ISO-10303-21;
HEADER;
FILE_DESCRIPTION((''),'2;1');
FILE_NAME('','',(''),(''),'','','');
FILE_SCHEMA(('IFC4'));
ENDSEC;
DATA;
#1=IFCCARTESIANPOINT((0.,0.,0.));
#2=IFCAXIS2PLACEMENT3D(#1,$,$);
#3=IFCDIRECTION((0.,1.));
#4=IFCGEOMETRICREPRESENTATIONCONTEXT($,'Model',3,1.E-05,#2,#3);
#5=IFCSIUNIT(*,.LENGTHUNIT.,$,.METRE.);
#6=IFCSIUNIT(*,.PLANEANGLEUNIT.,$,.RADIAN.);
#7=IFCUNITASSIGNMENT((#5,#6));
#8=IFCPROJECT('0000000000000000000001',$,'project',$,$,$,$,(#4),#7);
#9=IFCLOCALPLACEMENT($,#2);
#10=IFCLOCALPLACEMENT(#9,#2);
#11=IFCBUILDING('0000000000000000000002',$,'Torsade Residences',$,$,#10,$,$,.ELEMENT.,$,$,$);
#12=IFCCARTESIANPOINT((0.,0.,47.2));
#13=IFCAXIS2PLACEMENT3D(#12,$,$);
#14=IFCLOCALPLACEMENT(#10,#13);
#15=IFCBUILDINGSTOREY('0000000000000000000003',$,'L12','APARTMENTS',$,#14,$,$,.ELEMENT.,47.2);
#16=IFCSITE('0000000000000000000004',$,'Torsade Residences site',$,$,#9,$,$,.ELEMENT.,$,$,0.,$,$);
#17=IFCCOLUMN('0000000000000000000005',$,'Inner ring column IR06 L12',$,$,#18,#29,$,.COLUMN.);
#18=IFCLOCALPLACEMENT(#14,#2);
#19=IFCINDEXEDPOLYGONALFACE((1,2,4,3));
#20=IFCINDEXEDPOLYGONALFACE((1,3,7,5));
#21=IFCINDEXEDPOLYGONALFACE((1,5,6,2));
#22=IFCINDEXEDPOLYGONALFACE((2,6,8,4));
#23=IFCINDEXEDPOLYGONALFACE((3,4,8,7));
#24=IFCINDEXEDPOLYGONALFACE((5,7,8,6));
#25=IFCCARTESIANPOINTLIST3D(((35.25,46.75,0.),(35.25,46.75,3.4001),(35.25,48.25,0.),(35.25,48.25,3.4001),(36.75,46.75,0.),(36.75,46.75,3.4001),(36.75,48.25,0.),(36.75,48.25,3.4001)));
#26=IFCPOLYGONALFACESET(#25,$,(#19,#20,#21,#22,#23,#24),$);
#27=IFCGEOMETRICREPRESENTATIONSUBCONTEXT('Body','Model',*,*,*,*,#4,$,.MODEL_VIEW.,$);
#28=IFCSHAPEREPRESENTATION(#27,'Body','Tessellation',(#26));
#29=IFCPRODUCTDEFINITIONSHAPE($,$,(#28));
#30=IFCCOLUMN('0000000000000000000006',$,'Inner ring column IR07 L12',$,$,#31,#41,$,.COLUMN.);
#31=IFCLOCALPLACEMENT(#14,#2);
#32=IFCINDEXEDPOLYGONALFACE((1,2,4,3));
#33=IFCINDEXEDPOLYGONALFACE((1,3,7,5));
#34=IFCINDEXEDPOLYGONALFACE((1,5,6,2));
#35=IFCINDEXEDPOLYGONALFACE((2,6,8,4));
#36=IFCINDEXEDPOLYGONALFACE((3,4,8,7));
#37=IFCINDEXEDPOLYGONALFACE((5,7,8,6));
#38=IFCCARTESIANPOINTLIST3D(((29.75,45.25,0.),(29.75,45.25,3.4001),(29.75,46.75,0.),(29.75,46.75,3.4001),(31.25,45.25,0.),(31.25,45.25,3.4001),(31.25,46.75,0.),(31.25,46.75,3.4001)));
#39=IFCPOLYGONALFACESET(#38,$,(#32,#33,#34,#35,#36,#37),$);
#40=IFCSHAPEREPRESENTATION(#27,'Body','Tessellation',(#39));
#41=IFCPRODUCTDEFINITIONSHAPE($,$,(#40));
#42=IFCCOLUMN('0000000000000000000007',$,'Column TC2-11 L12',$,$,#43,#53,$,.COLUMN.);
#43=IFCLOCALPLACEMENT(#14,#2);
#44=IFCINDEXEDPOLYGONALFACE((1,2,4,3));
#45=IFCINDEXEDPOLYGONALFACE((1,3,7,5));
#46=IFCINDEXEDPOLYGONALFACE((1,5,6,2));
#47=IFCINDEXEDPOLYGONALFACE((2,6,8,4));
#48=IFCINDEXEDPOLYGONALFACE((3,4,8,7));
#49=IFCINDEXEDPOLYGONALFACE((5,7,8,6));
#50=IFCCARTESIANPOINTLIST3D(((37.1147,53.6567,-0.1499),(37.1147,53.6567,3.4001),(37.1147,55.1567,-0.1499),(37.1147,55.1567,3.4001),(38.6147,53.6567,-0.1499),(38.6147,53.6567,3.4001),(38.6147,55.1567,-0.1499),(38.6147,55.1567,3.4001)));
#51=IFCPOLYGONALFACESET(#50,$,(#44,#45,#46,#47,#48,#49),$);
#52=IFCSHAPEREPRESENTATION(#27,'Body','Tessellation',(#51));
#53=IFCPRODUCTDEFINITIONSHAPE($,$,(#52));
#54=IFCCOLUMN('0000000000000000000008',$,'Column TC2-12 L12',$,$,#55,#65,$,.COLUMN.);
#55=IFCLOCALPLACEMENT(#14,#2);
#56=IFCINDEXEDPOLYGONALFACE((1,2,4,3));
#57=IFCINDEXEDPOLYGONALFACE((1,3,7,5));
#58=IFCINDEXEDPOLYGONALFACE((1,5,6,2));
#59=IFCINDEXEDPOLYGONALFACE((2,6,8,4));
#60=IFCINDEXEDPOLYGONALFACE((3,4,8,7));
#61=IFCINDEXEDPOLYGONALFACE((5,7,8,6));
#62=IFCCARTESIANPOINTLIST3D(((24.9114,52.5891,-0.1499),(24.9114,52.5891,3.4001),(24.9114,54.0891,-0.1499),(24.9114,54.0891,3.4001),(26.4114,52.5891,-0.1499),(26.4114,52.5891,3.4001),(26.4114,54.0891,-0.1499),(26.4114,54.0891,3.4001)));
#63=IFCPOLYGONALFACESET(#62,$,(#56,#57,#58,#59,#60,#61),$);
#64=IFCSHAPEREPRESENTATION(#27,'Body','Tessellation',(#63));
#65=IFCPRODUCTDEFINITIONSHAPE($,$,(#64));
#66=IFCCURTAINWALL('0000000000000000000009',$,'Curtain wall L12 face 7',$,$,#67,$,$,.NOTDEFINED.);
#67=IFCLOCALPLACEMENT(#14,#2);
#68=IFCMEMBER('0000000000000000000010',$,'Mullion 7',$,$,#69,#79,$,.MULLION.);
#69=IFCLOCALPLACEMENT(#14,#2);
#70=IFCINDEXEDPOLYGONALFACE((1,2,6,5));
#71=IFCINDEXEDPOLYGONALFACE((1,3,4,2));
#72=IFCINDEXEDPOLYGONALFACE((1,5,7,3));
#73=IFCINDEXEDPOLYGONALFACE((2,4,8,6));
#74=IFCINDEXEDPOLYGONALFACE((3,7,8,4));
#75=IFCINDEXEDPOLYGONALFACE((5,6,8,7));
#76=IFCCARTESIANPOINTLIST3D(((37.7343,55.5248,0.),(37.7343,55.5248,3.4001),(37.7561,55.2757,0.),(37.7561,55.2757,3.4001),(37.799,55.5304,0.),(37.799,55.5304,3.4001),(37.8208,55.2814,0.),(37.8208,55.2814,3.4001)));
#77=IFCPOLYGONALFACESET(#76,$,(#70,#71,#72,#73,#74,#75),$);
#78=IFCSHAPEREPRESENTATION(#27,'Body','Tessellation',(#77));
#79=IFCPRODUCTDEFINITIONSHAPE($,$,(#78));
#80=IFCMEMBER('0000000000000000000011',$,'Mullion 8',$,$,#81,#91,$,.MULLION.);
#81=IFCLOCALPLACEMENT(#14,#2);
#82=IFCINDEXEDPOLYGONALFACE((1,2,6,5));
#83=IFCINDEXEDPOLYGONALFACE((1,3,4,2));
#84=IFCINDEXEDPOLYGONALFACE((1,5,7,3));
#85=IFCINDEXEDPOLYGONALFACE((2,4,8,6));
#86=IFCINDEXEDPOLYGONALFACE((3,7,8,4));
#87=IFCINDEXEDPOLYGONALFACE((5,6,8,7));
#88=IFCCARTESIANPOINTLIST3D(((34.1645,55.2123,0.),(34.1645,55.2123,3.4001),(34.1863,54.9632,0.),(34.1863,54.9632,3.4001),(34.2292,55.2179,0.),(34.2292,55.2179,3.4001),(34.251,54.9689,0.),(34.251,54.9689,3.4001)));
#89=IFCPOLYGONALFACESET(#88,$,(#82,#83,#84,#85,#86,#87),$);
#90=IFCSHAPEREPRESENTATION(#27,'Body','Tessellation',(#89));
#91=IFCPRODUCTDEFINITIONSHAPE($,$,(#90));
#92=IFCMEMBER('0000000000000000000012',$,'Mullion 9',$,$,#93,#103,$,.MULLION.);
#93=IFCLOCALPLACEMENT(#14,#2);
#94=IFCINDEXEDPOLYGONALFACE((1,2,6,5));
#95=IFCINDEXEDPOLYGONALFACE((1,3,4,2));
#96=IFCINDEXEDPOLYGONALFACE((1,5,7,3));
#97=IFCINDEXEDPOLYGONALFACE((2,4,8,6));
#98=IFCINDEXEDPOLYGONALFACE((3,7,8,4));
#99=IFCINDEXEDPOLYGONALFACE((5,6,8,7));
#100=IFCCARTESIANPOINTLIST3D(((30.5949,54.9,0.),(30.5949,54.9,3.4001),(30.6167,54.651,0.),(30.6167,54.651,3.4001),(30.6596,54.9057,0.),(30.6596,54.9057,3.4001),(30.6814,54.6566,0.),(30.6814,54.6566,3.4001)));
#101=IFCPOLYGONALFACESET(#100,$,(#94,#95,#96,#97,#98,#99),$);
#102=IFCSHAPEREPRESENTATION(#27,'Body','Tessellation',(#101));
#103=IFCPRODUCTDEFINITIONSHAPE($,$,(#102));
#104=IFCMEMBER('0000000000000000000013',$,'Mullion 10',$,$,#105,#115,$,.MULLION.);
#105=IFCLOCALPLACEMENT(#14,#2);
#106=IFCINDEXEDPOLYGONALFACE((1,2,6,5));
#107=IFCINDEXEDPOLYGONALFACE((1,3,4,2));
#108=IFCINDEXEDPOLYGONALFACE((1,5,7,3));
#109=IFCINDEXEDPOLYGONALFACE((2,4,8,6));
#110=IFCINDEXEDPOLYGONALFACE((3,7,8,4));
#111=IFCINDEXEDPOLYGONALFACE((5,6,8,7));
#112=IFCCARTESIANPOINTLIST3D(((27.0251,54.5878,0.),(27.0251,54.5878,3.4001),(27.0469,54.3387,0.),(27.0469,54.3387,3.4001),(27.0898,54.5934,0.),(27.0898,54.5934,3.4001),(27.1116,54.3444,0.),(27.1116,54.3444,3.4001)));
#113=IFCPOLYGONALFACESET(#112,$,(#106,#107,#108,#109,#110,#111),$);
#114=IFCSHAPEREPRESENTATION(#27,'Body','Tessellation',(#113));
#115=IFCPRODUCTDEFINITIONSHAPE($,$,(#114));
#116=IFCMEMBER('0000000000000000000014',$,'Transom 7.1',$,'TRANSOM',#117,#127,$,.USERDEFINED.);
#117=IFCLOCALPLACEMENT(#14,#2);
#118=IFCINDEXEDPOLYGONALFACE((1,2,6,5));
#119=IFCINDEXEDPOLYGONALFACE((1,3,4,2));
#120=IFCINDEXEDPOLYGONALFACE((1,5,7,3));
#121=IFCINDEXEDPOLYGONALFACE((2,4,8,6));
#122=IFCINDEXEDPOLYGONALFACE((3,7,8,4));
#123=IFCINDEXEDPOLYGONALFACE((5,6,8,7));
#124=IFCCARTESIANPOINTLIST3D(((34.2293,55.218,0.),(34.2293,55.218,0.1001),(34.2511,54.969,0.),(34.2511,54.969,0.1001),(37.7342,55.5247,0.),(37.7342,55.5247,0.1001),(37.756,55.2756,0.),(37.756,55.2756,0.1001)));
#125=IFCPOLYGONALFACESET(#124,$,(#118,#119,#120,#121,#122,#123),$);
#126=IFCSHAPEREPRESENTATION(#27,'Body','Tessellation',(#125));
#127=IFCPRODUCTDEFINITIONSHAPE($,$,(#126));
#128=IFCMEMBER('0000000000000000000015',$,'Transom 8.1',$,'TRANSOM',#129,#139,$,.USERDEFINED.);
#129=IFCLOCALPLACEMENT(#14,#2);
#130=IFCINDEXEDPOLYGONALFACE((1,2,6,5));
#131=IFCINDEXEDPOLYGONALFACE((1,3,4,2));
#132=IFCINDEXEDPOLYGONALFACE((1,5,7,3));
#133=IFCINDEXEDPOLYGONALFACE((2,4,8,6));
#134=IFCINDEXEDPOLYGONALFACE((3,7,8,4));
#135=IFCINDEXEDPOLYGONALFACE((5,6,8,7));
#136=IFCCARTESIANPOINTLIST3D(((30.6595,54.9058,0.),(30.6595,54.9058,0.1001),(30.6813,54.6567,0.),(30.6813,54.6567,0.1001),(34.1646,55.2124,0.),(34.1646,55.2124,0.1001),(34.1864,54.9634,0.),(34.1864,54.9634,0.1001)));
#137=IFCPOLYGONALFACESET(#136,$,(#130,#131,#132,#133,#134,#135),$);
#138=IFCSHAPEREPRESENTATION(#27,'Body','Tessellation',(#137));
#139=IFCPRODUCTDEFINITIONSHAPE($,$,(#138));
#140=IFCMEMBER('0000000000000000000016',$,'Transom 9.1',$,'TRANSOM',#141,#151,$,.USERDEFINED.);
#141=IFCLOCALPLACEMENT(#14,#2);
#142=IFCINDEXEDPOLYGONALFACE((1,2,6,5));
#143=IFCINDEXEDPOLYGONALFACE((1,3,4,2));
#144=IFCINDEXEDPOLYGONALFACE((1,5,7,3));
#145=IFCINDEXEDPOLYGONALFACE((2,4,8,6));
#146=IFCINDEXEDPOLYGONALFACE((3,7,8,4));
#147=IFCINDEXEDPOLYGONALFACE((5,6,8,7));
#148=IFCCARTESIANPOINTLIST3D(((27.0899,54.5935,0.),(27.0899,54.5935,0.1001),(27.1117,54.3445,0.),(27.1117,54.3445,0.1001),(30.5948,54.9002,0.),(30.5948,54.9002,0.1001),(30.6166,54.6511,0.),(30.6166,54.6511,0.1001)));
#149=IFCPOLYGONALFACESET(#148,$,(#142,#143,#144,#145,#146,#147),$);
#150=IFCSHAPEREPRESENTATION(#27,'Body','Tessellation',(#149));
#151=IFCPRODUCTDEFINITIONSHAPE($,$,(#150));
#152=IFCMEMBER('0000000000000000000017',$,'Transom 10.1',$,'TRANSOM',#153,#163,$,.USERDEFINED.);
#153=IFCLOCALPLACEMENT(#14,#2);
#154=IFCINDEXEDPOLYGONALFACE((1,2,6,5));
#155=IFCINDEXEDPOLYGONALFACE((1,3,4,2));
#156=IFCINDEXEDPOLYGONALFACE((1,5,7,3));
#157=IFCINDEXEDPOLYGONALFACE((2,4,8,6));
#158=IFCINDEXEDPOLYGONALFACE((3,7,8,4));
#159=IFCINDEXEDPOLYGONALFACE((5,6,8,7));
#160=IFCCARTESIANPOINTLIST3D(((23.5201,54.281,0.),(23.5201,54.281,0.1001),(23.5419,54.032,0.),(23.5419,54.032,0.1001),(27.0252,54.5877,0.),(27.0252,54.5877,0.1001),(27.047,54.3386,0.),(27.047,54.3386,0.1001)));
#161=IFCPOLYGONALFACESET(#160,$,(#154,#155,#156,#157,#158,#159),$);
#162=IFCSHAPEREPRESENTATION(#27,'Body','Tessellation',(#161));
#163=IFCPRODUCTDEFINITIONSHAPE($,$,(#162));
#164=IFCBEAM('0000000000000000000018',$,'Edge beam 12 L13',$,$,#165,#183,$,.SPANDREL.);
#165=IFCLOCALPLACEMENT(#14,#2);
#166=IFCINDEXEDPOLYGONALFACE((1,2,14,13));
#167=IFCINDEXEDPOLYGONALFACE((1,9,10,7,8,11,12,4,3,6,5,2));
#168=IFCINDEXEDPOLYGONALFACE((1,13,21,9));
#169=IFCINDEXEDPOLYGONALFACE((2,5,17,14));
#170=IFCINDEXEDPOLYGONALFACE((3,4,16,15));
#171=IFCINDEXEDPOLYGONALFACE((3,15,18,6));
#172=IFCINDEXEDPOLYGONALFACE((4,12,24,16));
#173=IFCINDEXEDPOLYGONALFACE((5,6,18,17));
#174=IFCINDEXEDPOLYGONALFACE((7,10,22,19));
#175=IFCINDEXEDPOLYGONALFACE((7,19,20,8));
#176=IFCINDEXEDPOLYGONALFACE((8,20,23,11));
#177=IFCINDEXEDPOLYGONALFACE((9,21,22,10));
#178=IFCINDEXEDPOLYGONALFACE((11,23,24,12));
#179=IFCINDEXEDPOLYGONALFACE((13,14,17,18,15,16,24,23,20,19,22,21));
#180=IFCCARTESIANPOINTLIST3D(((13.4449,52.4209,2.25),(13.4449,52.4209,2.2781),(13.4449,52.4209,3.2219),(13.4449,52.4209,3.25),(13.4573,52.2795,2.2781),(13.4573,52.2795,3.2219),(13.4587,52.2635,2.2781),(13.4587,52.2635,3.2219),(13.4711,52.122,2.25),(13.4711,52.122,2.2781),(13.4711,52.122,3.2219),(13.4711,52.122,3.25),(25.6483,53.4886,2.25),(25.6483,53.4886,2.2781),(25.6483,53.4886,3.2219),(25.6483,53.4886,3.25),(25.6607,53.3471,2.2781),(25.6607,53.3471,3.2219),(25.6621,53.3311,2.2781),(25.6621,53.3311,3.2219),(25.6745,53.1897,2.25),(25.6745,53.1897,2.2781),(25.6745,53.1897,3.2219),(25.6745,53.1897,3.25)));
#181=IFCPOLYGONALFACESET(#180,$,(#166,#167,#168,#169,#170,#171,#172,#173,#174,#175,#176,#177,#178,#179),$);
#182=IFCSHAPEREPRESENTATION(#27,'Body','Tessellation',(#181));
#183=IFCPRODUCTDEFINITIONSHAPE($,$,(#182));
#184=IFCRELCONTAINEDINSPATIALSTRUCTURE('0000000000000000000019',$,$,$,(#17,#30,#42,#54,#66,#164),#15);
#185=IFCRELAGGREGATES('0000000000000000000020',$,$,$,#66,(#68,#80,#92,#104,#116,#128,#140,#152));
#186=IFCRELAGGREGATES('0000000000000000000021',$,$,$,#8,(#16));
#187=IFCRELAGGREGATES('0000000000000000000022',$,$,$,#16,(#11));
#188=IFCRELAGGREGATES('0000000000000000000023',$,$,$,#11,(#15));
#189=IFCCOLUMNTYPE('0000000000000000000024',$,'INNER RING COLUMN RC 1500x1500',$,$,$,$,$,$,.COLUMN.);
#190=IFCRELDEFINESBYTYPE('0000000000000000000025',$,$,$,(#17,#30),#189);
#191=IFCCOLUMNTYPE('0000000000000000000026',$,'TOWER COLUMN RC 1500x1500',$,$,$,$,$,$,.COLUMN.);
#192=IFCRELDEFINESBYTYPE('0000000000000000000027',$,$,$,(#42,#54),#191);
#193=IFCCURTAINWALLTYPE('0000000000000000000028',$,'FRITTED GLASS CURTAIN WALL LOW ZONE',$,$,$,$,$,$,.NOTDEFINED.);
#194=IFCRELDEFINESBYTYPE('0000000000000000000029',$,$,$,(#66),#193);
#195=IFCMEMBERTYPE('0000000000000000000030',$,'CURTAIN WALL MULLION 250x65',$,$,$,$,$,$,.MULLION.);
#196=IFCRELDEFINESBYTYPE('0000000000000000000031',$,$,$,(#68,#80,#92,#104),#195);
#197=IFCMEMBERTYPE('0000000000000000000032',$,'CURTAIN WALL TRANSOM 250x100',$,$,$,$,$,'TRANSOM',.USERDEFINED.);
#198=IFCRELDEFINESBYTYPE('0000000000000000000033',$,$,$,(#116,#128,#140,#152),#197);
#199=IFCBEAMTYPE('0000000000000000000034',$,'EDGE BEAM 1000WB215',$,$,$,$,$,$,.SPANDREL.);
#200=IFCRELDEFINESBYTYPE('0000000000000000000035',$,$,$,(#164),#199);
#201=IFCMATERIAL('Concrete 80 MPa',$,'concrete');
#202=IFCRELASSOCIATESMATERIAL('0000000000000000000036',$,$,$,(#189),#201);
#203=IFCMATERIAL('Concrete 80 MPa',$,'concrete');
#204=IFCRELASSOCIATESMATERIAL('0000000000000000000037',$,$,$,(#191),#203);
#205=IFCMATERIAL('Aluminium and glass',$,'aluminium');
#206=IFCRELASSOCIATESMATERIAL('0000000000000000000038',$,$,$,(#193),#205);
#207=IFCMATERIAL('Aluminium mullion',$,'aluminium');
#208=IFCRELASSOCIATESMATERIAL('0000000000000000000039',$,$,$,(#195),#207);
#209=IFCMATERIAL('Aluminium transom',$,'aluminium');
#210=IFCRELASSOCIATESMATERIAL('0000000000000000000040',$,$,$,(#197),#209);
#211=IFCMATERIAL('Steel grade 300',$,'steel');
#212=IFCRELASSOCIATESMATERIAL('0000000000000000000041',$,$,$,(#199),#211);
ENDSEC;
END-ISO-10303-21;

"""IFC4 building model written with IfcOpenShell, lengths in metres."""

from ifc_helpers import new_model, si_unit, direction, frame, origin, origin_2d, place, context, subcontext, project, spatial, rectangle, i_section, extrude, material, material_profile, profile_set, type_object, element, aggregate, save


model = new_model("IFC4")

# Units and contexts
model_context = context("Model", 3, precision=1e-05, world=origin(), true_north=direction((0.0, 1.0)))
body_context = subcontext(model_context, "Body", "Model", "MODEL_VIEW")
ifc_project = project(units=[si_unit("LENGTHUNIT", "METRE"), si_unit("PLANEANGLEUNIT", "RADIAN")], contexts=[model_context])

# Site, building, storey
site_placement = place(None, origin())
site = spatial("IfcSite", under=ifc_project, at=site_placement, Name="Torsade Residences site", CompositionType="ELEMENT", RefElevation=0.0)
building_placement = place(site_placement, origin())
building = spatial("IfcBuilding", under=site, at=building_placement, Name="Torsade Residences", CompositionType="ELEMENT")
storey_placement = place(building_placement, frame((0.0, 0.0, 47.2)))
storey = spatial("IfcBuildingStorey", under=building, at=storey_placement, Name="L12", Description="APARTMENTS", CompositionType="ELEMENT", Elevation=47.2)

# Columns
ifc_material_1 = material(Name="Concrete 80 MPa", Category="concrete")
ifc_material_profile_1 = material_profile(ifc_material_1, rectangle(XDim=1.5, YDim=1.5, at=origin_2d()), Name="RC 1500x1500")
ifc_profile_set_1 = profile_set([ifc_material_profile_1], Name="Concrete 80 MPa")
column_type_1 = type_object("IfcColumnType", Name="INNER RING COLUMN RC 1500x1500", PredefinedType="COLUMN", material=ifc_profile_set_1)
for number, where, z_axis, x_axis, name in (
    (1, (36.0, 47.5, 0.0), (0.0, 0.0, 1.0), (1.0, 0.0, 0.0), "Inner ring column IR06 L12"),
    (2, (30.5, 46.0, 0.0), (0.0, 0.0, 1.0), (1.0, 0.0, 0.0), "Inner ring column IR07 L12"),
):
    element("IfcColumn", number, at=place(storey_placement, frame(where, z_axis=z_axis, x_axis=x_axis)), inside=storey, type_object=column_type_1, Name=name, PredefinedType="COLUMN", context=body_context, shape_type="SweptSolid", body=[
        extrude(rectangle(XDim=1.5, YDim=1.5, at=origin_2d()), origin(), (0.0, 0.0, 1.0), 3.4001),
    ])
ifc_material_2 = material(Name="Concrete 80 MPa", Category="concrete")
ifc_material_profile_2 = material_profile(ifc_material_2, rectangle(XDim=1.5, YDim=1.5, at=origin_2d()), Name="RC 1500x1500")
ifc_profile_set_2 = profile_set([ifc_material_profile_2], Name="Concrete 80 MPa")
column_type_2 = type_object("IfcColumnType", Name="TOWER COLUMN RC 1500x1500", PredefinedType="COLUMN", material=ifc_profile_set_2)
for number, where, z_axis, x_axis, name in (
    (3, (37.8647, 54.4067, -0.1499), (0.0, 0.0, 1.0), (1.0, 0.0, 0.0), "Column TC2-11 L12"),
    (4, (25.6614, 53.3391, -0.1499), (0.0, 0.0, 1.0), (1.0, 0.0, 0.0), "Column TC2-12 L12"),
):
    element("IfcColumn", number, at=place(storey_placement, frame(where, z_axis=z_axis, x_axis=x_axis)), inside=storey, type_object=column_type_2, Name=name, PredefinedType="COLUMN", context=body_context, shape_type="SweptSolid", body=[
        extrude(rectangle(XDim=1.5, YDim=1.5, at=origin_2d()), origin(), (0.0, 0.0, 1.0), 3.55),
    ])

# Curtain wall, members
ifc_material_3 = material(Name="Aluminium and glass", Category="aluminium")
curtain_wall_type = type_object("IfcCurtainWallType", Name="FRITTED GLASS CURTAIN WALL LOW ZONE", PredefinedType="NOTDEFINED", material=ifc_material_3)
curtain_wall_placement = place(storey_placement, origin())
curtain_wall = element("IfcCurtainWall", 5, at=curtain_wall_placement, inside=storey, type_object=curtain_wall_type, Name="Curtain wall L12 face 7", PredefinedType="NOTDEFINED")
ifc_material_4 = material(Name="Aluminium mullion", Category="aluminium")
ifc_material_profile_3 = material_profile(ifc_material_4, rectangle(XDim=0.25, YDim=0.0649, at=origin_2d()), Name="CURTAIN WALL MULLION 250x65")
ifc_profile_set_3 = profile_set([ifc_material_profile_3], Name="Aluminium mullion")
member_type_1 = type_object("IfcMemberType", Name="CURTAIN WALL MULLION 250x65", PredefinedType="MULLION", material=ifc_profile_set_3)
member_1_placement = place(storey_placement, frame((37.7776, 55.4031, 0.0), z_axis=(0.0, 0.0, 1.0), x_axis=(0.087156, -0.996195, 0.0)))
member_1 = element("IfcMember", 6, at=member_1_placement, type_object=member_type_1, Name="Mullion 7", PredefinedType="MULLION", context=body_context, shape_type="SweptSolid", body=[
    extrude(rectangle(XDim=0.25, YDim=0.0649, at=origin_2d()), origin(), (0.0, 0.0, 1.0), 3.4001),
])
member_2_placement = place(storey_placement, frame((34.2078, 55.0906, 0.0), z_axis=(0.0, 0.0, 1.0), x_axis=(0.087156, -0.996195, 0.0)))
member_2 = element("IfcMember", 7, at=member_2_placement, type_object=member_type_1, Name="Mullion 8", PredefinedType="MULLION", context=body_context, shape_type="SweptSolid", body=[
    extrude(rectangle(XDim=0.25, YDim=0.0649, at=origin_2d()), origin(), (0.0, 0.0, 1.0), 3.4001),
])
member_3_placement = place(storey_placement, frame((30.6382, 54.7783, 0.0), z_axis=(0.0, 0.0, 1.0), x_axis=(0.087156, -0.996195, 0.0)))
member_3 = element("IfcMember", 8, at=member_3_placement, type_object=member_type_1, Name="Mullion 9", PredefinedType="MULLION", context=body_context, shape_type="SweptSolid", body=[
    extrude(rectangle(XDim=0.25, YDim=0.0649, at=origin_2d()), origin(), (0.0, 0.0, 1.0), 3.4001),
])
member_4_placement = place(storey_placement, frame((27.0684, 54.4661, 0.0), z_axis=(0.0, 0.0, 1.0), x_axis=(0.087156, -0.996195, 0.0)))
member_4 = element("IfcMember", 9, at=member_4_placement, type_object=member_type_1, Name="Mullion 10", PredefinedType="MULLION", context=body_context, shape_type="SweptSolid", body=[
    extrude(rectangle(XDim=0.25, YDim=0.0649, at=origin_2d()), origin(), (0.0, 0.0, 1.0), 3.4001),
])
ifc_material_5 = material(Name="Aluminium transom", Category="aluminium")
ifc_material_profile_4 = material_profile(ifc_material_5, rectangle(XDim=0.25, YDim=0.1001, at=origin_2d()), Name="CURTAIN WALL TRANSOM 250x100")
ifc_profile_set_4 = profile_set([ifc_material_profile_4], Name="Aluminium transom")
member_type_2 = type_object("IfcMemberType", Name="CURTAIN WALL TRANSOM 250x100", ElementType="TRANSOM", PredefinedType="USERDEFINED", material=ifc_profile_set_4)
member_5_placement = place(storey_placement, frame((37.7451, 55.4001, 0.05), z_axis=(-0.996195, -0.087157, 0.0), x_axis=(0.087157, -0.996195, 0.0)))
member_5 = element("IfcMember", 10, at=member_5_placement, type_object=member_type_2, Name="Transom 7.1", ObjectType="TRANSOM", PredefinedType="USERDEFINED", context=body_context, shape_type="SweptSolid", body=[
    extrude(rectangle(XDim=0.25, YDim=0.1001, at=origin_2d()), origin(), (0.0, 0.0, 1.0), 3.5183),
])
member_6_placement = place(storey_placement, frame((34.1755, 55.0879, 0.05), z_axis=(-0.996195, -0.087151, 0.0), x_axis=(0.087151, -0.996195, 0.0)))
member_6 = element("IfcMember", 11, at=member_6_placement, type_object=member_type_2, Name="Transom 8.1", ObjectType="TRANSOM", PredefinedType="USERDEFINED", context=body_context, shape_type="SweptSolid", body=[
    extrude(rectangle(XDim=0.25, YDim=0.1001, at=origin_2d()), origin(), (0.0, 0.0, 1.0), 3.5186),
])
member_7_placement = place(storey_placement, frame((30.6057, 54.7756, 0.05), z_axis=(-0.996195, -0.087157, 0.0), x_axis=(0.087157, -0.996195, 0.0)))
member_7 = element("IfcMember", 12, at=member_7_placement, type_object=member_type_2, Name="Transom 9.1", ObjectType="TRANSOM", PredefinedType="USERDEFINED", context=body_context, shape_type="SweptSolid", body=[
    extrude(rectangle(XDim=0.25, YDim=0.1001, at=origin_2d()), origin(), (0.0, 0.0, 1.0), 3.5183),
])
member_8_placement = place(storey_placement, frame((27.0361, 54.4631, 0.05), z_axis=(-0.996195, -0.087151, 0.0), x_axis=(0.087151, -0.996195, 0.0)))
member_8 = element("IfcMember", 13, at=member_8_placement, type_object=member_type_2, Name="Transom 10.1", ObjectType="TRANSOM", PredefinedType="USERDEFINED", context=body_context, shape_type="SweptSolid", body=[
    extrude(rectangle(XDim=0.25, YDim=0.1001, at=origin_2d()), origin(), (0.0, 0.0, 1.0), 3.5186),
])

# Beam
ifc_material_6 = material(Name="Steel grade 300", Category="steel")
ifc_material_profile_5 = material_profile(ifc_material_6, i_section(OverallWidth=0.3, OverallDepth=1.0, WebThickness=0.0161, FlangeThickness=0.0281, at=origin_2d()), Name="1000WB215")
ifc_profile_set_5 = profile_set([ifc_material_profile_5], Name="Steel grade 300")
beam_type_1 = type_object("IfcBeamType", Name="EDGE BEAM 1000WB215", PredefinedType="SPANDREL", material=ifc_profile_set_5)
beam_1_placement = place(storey_placement, frame((25.6614, 53.3391, 2.75), z_axis=(-0.996195, -0.087153, 0.0), x_axis=(0.087153, -0.996195, 0.0)))
element("IfcBeam", 14, at=beam_1_placement, inside=storey, type_object=beam_type_1, Name="Edge beam 12 L13", PredefinedType="SPANDREL", context=body_context, shape_type="SweptSolid", body=[
    extrude(i_section(OverallWidth=0.3, OverallDepth=1.0, WebThickness=0.0161, FlangeThickness=0.0281, at=origin_2d()), origin(), (0.0, 0.0, 1.0), 12.25),
])

aggregate(curtain_wall, [member_1, member_2, member_3, member_4, member_5, member_6, member_7, member_8])

save(model, "model.ifc")
